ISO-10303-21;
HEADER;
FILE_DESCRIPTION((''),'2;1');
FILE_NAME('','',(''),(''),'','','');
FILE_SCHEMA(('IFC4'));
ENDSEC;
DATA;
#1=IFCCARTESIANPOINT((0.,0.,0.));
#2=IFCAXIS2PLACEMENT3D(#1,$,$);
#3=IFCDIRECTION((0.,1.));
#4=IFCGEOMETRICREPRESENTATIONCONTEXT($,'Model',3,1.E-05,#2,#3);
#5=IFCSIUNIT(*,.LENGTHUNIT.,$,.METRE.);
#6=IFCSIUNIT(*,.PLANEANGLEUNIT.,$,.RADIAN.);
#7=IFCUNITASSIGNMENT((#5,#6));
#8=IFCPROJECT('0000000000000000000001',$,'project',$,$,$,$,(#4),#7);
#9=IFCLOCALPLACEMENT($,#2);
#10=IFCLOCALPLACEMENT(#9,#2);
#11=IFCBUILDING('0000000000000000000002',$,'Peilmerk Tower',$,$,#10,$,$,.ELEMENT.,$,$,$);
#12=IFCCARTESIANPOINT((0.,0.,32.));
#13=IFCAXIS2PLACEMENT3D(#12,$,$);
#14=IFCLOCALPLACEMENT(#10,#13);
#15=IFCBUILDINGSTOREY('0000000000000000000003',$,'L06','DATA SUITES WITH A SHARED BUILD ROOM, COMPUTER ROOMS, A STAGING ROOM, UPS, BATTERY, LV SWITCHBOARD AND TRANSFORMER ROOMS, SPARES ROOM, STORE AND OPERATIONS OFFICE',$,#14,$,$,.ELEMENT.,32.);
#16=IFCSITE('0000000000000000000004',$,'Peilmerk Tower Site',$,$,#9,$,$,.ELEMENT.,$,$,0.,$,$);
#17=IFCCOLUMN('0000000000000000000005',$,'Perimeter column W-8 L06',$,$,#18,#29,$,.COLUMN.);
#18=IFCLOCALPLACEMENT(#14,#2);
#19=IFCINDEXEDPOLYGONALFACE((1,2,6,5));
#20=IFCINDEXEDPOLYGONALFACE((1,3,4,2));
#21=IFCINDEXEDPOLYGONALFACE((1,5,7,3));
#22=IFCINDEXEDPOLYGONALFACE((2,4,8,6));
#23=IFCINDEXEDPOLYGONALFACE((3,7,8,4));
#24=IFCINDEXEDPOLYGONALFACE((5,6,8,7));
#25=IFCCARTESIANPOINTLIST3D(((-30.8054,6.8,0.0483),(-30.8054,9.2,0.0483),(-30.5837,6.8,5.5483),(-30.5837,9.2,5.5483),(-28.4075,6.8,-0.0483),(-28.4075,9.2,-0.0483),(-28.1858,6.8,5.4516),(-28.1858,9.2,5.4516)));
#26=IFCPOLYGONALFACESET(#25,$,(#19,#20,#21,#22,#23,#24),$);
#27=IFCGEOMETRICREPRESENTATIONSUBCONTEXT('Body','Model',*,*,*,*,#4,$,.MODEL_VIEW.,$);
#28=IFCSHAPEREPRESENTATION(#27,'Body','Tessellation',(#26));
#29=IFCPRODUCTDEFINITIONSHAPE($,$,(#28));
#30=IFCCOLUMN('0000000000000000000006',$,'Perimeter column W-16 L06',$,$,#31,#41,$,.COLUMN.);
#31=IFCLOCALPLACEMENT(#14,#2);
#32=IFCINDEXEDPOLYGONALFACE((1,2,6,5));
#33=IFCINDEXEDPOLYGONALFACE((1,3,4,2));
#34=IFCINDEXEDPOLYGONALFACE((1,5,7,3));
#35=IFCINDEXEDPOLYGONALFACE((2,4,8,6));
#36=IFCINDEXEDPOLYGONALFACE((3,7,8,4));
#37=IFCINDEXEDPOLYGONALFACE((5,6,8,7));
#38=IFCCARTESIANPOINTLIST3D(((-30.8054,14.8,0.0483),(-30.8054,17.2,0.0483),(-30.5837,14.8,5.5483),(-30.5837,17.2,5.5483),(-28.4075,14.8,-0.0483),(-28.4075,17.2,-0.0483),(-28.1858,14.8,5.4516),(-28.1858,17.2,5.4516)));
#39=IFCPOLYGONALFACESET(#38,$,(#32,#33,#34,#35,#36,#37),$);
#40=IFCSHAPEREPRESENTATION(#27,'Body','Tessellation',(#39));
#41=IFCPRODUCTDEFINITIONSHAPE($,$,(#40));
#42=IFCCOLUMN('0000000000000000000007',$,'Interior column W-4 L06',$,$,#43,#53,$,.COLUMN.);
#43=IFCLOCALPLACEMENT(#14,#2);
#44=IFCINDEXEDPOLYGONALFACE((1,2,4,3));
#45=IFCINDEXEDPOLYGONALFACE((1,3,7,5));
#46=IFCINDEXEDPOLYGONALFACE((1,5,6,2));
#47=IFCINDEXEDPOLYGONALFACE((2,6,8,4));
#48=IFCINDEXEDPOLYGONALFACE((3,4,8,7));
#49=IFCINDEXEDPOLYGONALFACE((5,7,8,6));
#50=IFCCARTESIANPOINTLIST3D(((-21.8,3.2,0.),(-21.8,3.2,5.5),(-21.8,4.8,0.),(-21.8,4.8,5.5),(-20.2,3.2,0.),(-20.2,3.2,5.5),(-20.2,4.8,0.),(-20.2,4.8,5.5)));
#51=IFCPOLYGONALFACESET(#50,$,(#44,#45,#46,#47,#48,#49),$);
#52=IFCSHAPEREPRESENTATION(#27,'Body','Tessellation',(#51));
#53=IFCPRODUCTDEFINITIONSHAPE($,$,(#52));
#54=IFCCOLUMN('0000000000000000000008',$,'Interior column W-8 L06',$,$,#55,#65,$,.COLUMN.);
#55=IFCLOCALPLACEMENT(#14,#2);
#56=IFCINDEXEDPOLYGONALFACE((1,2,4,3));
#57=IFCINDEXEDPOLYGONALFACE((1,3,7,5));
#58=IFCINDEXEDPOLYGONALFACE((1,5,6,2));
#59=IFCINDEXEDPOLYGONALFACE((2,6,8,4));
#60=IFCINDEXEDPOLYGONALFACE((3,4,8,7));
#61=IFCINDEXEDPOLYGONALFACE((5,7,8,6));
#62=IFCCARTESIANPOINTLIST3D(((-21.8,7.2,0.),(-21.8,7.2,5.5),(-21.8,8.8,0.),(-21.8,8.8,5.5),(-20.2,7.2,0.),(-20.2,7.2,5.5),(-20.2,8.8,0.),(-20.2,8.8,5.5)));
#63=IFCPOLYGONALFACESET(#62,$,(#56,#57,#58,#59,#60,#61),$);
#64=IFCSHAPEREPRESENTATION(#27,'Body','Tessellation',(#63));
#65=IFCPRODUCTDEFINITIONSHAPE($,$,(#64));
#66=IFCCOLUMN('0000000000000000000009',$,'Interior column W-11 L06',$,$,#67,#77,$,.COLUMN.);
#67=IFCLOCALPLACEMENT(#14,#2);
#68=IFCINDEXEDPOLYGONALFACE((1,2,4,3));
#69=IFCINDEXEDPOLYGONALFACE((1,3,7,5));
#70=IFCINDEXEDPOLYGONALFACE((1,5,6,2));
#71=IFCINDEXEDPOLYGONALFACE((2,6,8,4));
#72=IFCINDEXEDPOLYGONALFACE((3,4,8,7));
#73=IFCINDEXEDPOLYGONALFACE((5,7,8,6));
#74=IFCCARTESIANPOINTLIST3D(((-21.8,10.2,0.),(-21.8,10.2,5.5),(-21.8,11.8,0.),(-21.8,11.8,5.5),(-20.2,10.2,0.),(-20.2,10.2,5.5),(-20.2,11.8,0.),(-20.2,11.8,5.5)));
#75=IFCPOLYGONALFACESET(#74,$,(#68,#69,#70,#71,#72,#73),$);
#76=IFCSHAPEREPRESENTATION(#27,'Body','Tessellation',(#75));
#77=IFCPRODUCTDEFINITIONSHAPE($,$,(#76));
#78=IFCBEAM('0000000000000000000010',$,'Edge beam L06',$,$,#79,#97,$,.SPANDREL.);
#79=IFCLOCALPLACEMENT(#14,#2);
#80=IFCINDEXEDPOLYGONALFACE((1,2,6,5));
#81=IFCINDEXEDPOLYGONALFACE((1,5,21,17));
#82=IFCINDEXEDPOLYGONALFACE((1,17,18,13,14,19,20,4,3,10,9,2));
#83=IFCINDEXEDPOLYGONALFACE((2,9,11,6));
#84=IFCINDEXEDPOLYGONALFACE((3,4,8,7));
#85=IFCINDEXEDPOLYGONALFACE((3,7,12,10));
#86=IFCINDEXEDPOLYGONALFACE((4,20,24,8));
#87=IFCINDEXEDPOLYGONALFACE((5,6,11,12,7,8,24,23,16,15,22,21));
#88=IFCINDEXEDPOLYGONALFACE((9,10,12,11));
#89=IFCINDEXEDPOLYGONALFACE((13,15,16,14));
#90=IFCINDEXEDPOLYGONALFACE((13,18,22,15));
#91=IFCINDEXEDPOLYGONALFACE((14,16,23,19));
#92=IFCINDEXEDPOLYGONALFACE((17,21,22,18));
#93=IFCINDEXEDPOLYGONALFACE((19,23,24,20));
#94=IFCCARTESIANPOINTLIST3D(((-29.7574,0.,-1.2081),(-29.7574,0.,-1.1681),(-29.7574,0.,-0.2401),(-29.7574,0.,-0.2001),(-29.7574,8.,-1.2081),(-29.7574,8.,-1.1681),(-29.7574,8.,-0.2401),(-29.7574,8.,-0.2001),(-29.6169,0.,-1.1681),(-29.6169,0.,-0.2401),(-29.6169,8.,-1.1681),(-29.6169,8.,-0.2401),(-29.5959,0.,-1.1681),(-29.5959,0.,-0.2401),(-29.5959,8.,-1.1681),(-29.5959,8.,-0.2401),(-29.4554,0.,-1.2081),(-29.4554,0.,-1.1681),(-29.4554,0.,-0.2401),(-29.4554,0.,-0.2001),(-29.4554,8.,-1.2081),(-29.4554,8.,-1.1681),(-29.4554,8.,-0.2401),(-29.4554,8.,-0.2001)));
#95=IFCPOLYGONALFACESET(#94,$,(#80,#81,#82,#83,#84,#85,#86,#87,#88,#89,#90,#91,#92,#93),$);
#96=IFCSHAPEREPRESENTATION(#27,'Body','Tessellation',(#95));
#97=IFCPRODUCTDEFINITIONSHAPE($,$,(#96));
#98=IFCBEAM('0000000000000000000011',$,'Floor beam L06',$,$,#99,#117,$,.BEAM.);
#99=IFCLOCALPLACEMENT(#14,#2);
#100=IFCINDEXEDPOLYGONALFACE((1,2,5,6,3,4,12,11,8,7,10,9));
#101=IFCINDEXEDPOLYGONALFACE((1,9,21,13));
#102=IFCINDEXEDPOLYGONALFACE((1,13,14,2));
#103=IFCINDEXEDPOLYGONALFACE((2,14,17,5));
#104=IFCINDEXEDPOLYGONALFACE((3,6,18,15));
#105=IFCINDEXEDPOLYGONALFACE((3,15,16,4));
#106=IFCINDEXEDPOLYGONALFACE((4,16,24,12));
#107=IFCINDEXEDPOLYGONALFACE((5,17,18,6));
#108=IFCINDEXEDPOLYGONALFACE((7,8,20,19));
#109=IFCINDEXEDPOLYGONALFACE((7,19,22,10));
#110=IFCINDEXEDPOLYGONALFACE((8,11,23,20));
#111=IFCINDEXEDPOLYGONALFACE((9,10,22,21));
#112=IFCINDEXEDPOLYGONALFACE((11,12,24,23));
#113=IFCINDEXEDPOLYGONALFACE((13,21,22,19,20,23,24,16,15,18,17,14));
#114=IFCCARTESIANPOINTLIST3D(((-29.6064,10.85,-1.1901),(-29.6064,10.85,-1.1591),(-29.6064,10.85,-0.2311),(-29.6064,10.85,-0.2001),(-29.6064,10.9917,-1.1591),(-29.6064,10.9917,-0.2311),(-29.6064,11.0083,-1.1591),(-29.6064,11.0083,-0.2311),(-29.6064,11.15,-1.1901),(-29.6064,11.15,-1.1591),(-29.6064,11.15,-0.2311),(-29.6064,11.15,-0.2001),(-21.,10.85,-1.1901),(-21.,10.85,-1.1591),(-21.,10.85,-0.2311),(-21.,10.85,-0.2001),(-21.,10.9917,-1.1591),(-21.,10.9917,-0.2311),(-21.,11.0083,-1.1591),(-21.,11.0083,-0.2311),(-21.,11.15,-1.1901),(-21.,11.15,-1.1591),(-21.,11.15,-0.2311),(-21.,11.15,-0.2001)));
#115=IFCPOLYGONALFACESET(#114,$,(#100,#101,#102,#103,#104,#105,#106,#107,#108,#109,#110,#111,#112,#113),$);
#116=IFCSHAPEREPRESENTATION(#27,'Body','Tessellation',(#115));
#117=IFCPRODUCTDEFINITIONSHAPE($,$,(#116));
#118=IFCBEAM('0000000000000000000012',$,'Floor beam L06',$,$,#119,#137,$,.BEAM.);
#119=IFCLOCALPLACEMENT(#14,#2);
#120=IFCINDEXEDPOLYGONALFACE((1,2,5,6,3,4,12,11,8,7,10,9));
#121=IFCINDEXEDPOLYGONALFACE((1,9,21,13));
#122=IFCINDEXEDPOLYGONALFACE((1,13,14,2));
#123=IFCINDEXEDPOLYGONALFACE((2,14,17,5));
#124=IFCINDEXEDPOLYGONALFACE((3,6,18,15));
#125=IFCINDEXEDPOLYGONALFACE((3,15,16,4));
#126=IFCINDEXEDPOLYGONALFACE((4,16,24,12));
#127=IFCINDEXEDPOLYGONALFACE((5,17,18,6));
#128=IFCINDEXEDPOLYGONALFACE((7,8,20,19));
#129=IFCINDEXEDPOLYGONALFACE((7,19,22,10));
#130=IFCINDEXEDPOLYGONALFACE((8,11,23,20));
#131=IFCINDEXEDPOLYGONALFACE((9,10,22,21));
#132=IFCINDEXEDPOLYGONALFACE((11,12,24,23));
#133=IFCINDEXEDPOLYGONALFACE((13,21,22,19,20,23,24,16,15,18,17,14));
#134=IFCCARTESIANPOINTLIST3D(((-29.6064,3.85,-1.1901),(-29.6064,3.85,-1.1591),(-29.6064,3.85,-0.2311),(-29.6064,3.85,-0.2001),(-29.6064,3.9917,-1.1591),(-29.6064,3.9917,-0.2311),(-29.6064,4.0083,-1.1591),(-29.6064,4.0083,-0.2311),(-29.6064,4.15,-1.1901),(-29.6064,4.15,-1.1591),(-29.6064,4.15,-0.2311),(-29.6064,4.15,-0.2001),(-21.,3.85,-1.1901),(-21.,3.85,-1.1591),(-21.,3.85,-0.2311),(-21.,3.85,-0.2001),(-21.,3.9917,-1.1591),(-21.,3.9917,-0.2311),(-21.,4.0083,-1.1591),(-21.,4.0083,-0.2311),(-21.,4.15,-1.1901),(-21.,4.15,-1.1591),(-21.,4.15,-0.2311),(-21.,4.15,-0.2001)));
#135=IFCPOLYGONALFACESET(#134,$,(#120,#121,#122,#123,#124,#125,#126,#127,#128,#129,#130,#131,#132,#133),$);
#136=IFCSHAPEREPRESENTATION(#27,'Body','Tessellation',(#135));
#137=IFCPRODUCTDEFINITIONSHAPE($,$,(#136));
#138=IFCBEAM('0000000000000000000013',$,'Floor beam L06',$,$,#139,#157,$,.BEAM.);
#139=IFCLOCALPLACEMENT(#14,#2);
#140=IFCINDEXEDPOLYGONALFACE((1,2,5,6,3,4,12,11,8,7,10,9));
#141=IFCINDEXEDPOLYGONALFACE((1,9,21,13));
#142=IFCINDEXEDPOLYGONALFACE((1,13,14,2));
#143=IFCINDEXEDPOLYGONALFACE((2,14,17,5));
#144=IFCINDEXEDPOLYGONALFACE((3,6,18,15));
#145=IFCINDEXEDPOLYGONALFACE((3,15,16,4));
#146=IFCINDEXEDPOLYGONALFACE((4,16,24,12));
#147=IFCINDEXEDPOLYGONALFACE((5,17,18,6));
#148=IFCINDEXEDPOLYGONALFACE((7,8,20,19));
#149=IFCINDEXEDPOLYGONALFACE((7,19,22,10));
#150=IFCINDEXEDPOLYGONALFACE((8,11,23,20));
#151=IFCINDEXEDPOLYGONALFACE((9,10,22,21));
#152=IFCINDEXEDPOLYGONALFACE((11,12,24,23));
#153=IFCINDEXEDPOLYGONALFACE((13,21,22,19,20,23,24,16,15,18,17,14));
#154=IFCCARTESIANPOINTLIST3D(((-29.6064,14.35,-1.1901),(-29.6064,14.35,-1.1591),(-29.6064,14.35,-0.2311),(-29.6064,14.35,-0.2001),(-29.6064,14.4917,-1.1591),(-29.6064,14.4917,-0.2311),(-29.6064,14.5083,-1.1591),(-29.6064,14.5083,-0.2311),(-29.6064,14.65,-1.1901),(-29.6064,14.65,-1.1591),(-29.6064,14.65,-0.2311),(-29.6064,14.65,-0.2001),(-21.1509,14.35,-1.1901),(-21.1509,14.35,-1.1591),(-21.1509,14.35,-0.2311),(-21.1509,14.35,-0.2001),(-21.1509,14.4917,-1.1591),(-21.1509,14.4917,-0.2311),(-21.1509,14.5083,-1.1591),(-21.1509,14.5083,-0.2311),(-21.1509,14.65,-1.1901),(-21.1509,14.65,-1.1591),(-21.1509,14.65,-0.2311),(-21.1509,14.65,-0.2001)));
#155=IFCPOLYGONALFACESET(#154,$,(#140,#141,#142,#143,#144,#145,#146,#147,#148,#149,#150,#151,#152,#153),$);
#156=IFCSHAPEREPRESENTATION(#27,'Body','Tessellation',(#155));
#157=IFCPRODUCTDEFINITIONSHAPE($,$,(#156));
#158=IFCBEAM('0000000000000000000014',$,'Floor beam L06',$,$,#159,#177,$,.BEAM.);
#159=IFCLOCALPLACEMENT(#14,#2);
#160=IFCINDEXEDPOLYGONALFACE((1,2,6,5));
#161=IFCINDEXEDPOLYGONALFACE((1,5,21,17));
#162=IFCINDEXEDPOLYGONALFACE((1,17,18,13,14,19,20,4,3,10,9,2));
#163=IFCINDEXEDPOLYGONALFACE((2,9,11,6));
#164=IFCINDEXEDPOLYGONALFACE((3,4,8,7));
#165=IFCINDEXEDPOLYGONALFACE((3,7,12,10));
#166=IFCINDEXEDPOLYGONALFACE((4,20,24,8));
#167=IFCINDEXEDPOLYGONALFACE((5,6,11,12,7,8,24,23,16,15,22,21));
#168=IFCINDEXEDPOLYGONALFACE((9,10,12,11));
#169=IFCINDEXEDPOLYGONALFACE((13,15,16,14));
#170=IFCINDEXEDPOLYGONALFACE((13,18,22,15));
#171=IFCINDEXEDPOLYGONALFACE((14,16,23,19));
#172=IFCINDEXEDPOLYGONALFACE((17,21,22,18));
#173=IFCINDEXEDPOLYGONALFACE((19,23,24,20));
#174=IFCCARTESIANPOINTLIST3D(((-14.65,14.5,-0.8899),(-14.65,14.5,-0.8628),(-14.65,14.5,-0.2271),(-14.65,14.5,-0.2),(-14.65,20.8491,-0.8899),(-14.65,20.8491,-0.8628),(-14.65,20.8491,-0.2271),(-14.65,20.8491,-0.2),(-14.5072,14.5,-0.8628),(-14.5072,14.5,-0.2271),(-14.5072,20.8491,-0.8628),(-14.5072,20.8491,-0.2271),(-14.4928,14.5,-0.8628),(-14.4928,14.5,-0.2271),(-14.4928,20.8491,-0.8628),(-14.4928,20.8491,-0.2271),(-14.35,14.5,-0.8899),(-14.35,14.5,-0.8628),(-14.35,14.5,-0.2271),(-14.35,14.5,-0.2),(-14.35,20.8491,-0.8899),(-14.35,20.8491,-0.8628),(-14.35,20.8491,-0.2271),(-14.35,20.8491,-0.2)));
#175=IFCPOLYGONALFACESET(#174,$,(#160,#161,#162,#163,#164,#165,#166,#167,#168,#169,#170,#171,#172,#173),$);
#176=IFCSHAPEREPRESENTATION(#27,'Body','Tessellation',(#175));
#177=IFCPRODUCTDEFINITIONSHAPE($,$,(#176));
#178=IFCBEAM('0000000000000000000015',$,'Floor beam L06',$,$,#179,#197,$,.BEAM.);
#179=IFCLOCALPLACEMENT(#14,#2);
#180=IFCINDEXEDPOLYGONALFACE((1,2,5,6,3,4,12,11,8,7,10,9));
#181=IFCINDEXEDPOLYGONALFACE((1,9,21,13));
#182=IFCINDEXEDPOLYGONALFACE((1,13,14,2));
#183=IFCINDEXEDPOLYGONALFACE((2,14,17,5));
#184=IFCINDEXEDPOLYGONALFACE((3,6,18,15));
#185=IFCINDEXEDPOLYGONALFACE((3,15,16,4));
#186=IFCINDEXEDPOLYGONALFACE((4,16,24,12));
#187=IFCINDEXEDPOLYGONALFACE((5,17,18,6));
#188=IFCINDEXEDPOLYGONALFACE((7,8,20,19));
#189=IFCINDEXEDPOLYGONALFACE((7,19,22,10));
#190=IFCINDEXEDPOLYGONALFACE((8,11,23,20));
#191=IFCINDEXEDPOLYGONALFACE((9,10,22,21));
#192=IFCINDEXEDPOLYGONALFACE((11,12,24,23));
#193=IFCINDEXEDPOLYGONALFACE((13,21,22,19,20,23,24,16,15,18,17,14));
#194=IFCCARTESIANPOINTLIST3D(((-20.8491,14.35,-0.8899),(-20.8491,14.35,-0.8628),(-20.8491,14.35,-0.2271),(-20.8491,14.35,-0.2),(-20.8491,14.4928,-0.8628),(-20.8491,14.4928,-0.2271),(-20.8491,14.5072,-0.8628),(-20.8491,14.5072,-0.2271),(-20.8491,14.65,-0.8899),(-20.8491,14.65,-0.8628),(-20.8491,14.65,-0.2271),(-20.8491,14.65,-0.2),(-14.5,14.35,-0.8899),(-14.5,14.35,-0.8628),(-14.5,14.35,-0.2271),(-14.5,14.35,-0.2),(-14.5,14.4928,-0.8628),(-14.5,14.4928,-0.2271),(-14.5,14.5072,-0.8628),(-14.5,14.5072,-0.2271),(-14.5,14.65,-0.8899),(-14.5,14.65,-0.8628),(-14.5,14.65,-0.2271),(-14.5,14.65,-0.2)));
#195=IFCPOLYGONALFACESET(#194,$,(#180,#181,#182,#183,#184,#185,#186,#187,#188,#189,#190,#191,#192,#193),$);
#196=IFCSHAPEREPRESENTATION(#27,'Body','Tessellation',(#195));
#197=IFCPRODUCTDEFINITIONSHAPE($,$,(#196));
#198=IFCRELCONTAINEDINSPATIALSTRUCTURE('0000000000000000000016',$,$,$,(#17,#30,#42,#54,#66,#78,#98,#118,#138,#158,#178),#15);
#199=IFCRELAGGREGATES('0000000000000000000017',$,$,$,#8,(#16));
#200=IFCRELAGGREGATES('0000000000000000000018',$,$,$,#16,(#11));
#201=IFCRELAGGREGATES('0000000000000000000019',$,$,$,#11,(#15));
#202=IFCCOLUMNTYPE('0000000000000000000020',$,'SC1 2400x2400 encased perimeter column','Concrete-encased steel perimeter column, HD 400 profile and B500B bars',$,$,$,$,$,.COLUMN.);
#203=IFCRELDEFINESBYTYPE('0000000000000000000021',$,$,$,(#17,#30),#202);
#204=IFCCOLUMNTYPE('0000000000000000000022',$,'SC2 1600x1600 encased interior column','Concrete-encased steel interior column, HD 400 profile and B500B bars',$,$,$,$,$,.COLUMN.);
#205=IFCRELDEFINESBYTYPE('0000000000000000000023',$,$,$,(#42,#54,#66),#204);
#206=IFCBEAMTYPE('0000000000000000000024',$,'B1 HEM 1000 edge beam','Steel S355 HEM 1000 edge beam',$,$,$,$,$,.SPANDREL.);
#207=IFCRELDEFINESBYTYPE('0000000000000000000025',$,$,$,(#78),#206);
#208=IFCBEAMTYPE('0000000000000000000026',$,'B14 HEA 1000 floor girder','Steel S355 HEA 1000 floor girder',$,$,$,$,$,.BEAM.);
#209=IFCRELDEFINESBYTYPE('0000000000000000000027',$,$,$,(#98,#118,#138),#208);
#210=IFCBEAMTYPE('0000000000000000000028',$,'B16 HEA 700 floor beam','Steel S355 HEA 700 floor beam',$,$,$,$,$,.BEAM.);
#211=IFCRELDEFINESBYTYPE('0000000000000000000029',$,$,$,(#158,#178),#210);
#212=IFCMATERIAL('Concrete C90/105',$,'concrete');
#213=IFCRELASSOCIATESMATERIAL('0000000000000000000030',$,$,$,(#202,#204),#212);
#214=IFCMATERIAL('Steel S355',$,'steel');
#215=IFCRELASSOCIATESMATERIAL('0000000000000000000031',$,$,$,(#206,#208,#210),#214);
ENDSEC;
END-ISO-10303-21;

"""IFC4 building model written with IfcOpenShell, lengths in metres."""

from ifc_helpers import new_model, si_unit, direction, frame, origin, origin_2d, place, context, subcontext, project, spatial, rectangle, i_section, extrude, material, material_profile, profile_set, type_object, element, save


model = new_model("IFC4")

# Units and contexts
model_context = context("Model", 3, precision=1e-05, world=origin(), true_north=direction((0.0, 1.0)))
body_context = subcontext(model_context, "Body", "Model", "MODEL_VIEW")
ifc_project = project(units=[si_unit("LENGTHUNIT", "METRE"), si_unit("PLANEANGLEUNIT", "RADIAN")], contexts=[model_context])

# Site, building, storey
site_placement = place(None, origin())
site = spatial("IfcSite", under=ifc_project, at=site_placement, Name="Peilmerk Tower Site", CompositionType="ELEMENT", RefElevation=0.0)
building_placement = place(site_placement, origin())
building = spatial("IfcBuilding", under=site, at=building_placement, Name="Peilmerk Tower", CompositionType="ELEMENT")
storey_placement = place(building_placement, frame((0.0, 0.0, 32.0)))
storey = spatial("IfcBuildingStorey", under=building, at=storey_placement, Name="L06", Description="DATA SUITES WITH A SHARED BUILD ROOM, COMPUTER ROOMS, A STAGING ROOM, UPS, BATTERY, LV SWITCHBOARD AND TRANSFORMER ROOMS, SPARES ROOM, STORE AND OPERATIONS OFFICE", CompositionType="ELEMENT", Elevation=32.0)

# Columns
ifc_material_1 = material(Name="Concrete C90/105", Category="concrete")
ifc_material_profile_1 = material_profile(ifc_material_1, rectangle(XDim=2.3999, YDim=2.3999, at=origin_2d()), Name="RC 2400x2400")
ifc_profile_set_1 = profile_set([ifc_material_profile_1], Name="Concrete C90/105")
column_type_1 = type_object("IfcColumnType", Name="SC1 2400x2400 encased perimeter column", Description="Concrete-encased steel perimeter column, HD 400 profile and B500B bars", PredefinedType="COLUMN", material=ifc_profile_set_1)
for number, where, z_axis, x_axis, name in (
    (1, (-29.6064, 8.0, 0.0), (0.040273, 0.0, 0.999189), (0.0, 1.0, 0.0), "Perimeter column W-8 L06"),
    (2, (-29.6064, 16.0, 0.0), (0.040273, 0.0, 0.999189), (0.0, 1.0, 0.0), "Perimeter column W-16 L06"),
):
    element("IfcColumn", number, at=place(storey_placement, frame(where, z_axis=z_axis, x_axis=x_axis)), inside=storey, type_object=column_type_1, Name=name, PredefinedType="COLUMN", context=body_context, shape_type="SweptSolid", body=[
        extrude(rectangle(XDim=2.3999, YDim=2.3999, at=origin_2d()), origin(), (0.0, 0.0, 1.0), 5.5044),
    ])
ifc_material_profile_2 = material_profile(ifc_material_1, rectangle(XDim=1.6001, YDim=1.6001, at=origin_2d()), Name="RC 1600x1600")
ifc_profile_set_2 = profile_set([ifc_material_profile_2], Name="Concrete C90/105")
column_type_2 = type_object("IfcColumnType", Name="SC2 1600x1600 encased interior column", Description="Concrete-encased steel interior column, HD 400 profile and B500B bars", PredefinedType="COLUMN", material=ifc_profile_set_2)
for number, where, z_axis, x_axis, name in (
    (3, (-21.0, 4.0, 0.0), (0.0, 0.0, 1.0), (1.0, 0.0, 0.0), "Interior column W-4 L06"),
    (4, (-21.0, 8.0, 0.0), (0.0, 0.0, 1.0), (1.0, 0.0, 0.0), "Interior column W-8 L06"),
    (5, (-21.0, 11.0, 0.0), (0.0, 0.0, 1.0), (1.0, 0.0, 0.0), "Interior column W-11 L06"),
):
    element("IfcColumn", number, at=place(storey_placement, frame(where, z_axis=z_axis, x_axis=x_axis)), inside=storey, type_object=column_type_2, Name=name, PredefinedType="COLUMN", context=body_context, shape_type="SweptSolid", body=[
        extrude(rectangle(XDim=1.6001, YDim=1.6001, at=origin_2d()), origin(), (0.0, 0.0, 1.0), 5.5),
    ])

# Beams
ifc_material_2 = material(Name="Steel S355", Category="steel")
ifc_material_profile_3 = material_profile(ifc_material_2, i_section(OverallWidth=0.302, OverallDepth=1.0081, WebThickness=0.021, FlangeThickness=0.04, at=origin_2d()), Name="HEM 1000")
ifc_profile_set_3 = profile_set([ifc_material_profile_3], Name="Steel S355")
beam_type_1 = type_object("IfcBeamType", Name="B1 HEM 1000 edge beam", Description="Steel S355 HEM 1000 edge beam", PredefinedType="SPANDREL", material=ifc_profile_set_3)
beam_1_placement = place(storey_placement, frame((-29.6064, 8.0, -0.7041), z_axis=(0.0, -1.0, 0.0), x_axis=(1.0, 0.0, 0.0)))
element("IfcBeam", 6, at=beam_1_placement, inside=storey, type_object=beam_type_1, Name="Edge beam L06", PredefinedType="SPANDREL", context=body_context, shape_type="SweptSolid", body=[
    extrude(i_section(OverallWidth=0.302, OverallDepth=1.0081, WebThickness=0.021, FlangeThickness=0.04, at=origin_2d()), origin(), (0.0, 0.0, 1.0), 8.0),
])
ifc_material_profile_4 = material_profile(ifc_material_2, i_section(OverallWidth=0.3, OverallDepth=0.99, WebThickness=0.0166, FlangeThickness=0.031, at=origin_2d()), Name="HEA 1000")
ifc_profile_set_4 = profile_set([ifc_material_profile_4], Name="Steel S355")
beam_type_2 = type_object("IfcBeamType", Name="B14 HEA 1000 floor girder", Description="Steel S355 HEA 1000 floor girder", PredefinedType="BEAM", material=ifc_profile_set_4)
for number, where, z_axis, x_axis, name in (
    (7, (-21.0, 11.0, -0.6951), (-1.0, 0.0, 0.0), (0.0, -1.0, 0.0), "Floor beam L06"),
    (8, (-21.0, 4.0, -0.6951), (-1.0, 0.0, 0.0), (0.0, -1.0, 0.0), "Floor beam L06"),
):
    element("IfcBeam", number, at=place(storey_placement, frame(where, z_axis=z_axis, x_axis=x_axis)), inside=storey, type_object=beam_type_2, Name=name, PredefinedType="BEAM", context=body_context, shape_type="SweptSolid", body=[
        extrude(i_section(OverallWidth=0.3, OverallDepth=0.99, WebThickness=0.0166, FlangeThickness=0.031, at=origin_2d()), origin(), (0.0, 0.0, 1.0), 8.6064),
    ])
beam_2_placement = place(storey_placement, frame((-21.1509, 14.5, -0.6951), z_axis=(-1.0, 0.0, 0.0), x_axis=(0.0, -1.0, 0.0)))
element("IfcBeam", 9, at=beam_2_placement, inside=storey, type_object=beam_type_2, Name="Floor beam L06", PredefinedType="BEAM", context=body_context, shape_type="SweptSolid", body=[
    extrude(i_section(OverallWidth=0.3, OverallDepth=0.99, WebThickness=0.0166, FlangeThickness=0.031, at=origin_2d()), origin(), (0.0, 0.0, 1.0), 8.4556),
])
ifc_material_profile_5 = material_profile(ifc_material_2, i_section(OverallWidth=0.3, OverallDepth=0.6899, WebThickness=0.0144, FlangeThickness=0.0271, at=origin_2d()), Name="HEA 700")
ifc_profile_set_5 = profile_set([ifc_material_profile_5], Name="Steel S355")
beam_type_3 = type_object("IfcBeamType", Name="B16 HEA 700 floor beam", Description="Steel S355 HEA 700 floor beam", PredefinedType="BEAM", material=ifc_profile_set_5)
for number, where, z_axis, x_axis, name in (
    (10, (-14.5, 14.5, -0.5449), (0.0, 1.0, 0.0), (-1.0, 0.0, 0.0), "Floor beam L06"),
    (11, (-14.5, 14.5, -0.5449), (-1.0, 0.0, 0.0), (0.0, -1.0, 0.0), "Floor beam L06"),
):
    element("IfcBeam", number, at=place(storey_placement, frame(where, z_axis=z_axis, x_axis=x_axis)), inside=storey, type_object=beam_type_3, Name=name, PredefinedType="BEAM", context=body_context, shape_type="SweptSolid", body=[
        extrude(i_section(OverallWidth=0.3, OverallDepth=0.6899, WebThickness=0.0144, FlangeThickness=0.0271, at=origin_2d()), origin(), (0.0, 0.0, 1.0), 6.3491),
    ])

save(model, "model.ifc")
